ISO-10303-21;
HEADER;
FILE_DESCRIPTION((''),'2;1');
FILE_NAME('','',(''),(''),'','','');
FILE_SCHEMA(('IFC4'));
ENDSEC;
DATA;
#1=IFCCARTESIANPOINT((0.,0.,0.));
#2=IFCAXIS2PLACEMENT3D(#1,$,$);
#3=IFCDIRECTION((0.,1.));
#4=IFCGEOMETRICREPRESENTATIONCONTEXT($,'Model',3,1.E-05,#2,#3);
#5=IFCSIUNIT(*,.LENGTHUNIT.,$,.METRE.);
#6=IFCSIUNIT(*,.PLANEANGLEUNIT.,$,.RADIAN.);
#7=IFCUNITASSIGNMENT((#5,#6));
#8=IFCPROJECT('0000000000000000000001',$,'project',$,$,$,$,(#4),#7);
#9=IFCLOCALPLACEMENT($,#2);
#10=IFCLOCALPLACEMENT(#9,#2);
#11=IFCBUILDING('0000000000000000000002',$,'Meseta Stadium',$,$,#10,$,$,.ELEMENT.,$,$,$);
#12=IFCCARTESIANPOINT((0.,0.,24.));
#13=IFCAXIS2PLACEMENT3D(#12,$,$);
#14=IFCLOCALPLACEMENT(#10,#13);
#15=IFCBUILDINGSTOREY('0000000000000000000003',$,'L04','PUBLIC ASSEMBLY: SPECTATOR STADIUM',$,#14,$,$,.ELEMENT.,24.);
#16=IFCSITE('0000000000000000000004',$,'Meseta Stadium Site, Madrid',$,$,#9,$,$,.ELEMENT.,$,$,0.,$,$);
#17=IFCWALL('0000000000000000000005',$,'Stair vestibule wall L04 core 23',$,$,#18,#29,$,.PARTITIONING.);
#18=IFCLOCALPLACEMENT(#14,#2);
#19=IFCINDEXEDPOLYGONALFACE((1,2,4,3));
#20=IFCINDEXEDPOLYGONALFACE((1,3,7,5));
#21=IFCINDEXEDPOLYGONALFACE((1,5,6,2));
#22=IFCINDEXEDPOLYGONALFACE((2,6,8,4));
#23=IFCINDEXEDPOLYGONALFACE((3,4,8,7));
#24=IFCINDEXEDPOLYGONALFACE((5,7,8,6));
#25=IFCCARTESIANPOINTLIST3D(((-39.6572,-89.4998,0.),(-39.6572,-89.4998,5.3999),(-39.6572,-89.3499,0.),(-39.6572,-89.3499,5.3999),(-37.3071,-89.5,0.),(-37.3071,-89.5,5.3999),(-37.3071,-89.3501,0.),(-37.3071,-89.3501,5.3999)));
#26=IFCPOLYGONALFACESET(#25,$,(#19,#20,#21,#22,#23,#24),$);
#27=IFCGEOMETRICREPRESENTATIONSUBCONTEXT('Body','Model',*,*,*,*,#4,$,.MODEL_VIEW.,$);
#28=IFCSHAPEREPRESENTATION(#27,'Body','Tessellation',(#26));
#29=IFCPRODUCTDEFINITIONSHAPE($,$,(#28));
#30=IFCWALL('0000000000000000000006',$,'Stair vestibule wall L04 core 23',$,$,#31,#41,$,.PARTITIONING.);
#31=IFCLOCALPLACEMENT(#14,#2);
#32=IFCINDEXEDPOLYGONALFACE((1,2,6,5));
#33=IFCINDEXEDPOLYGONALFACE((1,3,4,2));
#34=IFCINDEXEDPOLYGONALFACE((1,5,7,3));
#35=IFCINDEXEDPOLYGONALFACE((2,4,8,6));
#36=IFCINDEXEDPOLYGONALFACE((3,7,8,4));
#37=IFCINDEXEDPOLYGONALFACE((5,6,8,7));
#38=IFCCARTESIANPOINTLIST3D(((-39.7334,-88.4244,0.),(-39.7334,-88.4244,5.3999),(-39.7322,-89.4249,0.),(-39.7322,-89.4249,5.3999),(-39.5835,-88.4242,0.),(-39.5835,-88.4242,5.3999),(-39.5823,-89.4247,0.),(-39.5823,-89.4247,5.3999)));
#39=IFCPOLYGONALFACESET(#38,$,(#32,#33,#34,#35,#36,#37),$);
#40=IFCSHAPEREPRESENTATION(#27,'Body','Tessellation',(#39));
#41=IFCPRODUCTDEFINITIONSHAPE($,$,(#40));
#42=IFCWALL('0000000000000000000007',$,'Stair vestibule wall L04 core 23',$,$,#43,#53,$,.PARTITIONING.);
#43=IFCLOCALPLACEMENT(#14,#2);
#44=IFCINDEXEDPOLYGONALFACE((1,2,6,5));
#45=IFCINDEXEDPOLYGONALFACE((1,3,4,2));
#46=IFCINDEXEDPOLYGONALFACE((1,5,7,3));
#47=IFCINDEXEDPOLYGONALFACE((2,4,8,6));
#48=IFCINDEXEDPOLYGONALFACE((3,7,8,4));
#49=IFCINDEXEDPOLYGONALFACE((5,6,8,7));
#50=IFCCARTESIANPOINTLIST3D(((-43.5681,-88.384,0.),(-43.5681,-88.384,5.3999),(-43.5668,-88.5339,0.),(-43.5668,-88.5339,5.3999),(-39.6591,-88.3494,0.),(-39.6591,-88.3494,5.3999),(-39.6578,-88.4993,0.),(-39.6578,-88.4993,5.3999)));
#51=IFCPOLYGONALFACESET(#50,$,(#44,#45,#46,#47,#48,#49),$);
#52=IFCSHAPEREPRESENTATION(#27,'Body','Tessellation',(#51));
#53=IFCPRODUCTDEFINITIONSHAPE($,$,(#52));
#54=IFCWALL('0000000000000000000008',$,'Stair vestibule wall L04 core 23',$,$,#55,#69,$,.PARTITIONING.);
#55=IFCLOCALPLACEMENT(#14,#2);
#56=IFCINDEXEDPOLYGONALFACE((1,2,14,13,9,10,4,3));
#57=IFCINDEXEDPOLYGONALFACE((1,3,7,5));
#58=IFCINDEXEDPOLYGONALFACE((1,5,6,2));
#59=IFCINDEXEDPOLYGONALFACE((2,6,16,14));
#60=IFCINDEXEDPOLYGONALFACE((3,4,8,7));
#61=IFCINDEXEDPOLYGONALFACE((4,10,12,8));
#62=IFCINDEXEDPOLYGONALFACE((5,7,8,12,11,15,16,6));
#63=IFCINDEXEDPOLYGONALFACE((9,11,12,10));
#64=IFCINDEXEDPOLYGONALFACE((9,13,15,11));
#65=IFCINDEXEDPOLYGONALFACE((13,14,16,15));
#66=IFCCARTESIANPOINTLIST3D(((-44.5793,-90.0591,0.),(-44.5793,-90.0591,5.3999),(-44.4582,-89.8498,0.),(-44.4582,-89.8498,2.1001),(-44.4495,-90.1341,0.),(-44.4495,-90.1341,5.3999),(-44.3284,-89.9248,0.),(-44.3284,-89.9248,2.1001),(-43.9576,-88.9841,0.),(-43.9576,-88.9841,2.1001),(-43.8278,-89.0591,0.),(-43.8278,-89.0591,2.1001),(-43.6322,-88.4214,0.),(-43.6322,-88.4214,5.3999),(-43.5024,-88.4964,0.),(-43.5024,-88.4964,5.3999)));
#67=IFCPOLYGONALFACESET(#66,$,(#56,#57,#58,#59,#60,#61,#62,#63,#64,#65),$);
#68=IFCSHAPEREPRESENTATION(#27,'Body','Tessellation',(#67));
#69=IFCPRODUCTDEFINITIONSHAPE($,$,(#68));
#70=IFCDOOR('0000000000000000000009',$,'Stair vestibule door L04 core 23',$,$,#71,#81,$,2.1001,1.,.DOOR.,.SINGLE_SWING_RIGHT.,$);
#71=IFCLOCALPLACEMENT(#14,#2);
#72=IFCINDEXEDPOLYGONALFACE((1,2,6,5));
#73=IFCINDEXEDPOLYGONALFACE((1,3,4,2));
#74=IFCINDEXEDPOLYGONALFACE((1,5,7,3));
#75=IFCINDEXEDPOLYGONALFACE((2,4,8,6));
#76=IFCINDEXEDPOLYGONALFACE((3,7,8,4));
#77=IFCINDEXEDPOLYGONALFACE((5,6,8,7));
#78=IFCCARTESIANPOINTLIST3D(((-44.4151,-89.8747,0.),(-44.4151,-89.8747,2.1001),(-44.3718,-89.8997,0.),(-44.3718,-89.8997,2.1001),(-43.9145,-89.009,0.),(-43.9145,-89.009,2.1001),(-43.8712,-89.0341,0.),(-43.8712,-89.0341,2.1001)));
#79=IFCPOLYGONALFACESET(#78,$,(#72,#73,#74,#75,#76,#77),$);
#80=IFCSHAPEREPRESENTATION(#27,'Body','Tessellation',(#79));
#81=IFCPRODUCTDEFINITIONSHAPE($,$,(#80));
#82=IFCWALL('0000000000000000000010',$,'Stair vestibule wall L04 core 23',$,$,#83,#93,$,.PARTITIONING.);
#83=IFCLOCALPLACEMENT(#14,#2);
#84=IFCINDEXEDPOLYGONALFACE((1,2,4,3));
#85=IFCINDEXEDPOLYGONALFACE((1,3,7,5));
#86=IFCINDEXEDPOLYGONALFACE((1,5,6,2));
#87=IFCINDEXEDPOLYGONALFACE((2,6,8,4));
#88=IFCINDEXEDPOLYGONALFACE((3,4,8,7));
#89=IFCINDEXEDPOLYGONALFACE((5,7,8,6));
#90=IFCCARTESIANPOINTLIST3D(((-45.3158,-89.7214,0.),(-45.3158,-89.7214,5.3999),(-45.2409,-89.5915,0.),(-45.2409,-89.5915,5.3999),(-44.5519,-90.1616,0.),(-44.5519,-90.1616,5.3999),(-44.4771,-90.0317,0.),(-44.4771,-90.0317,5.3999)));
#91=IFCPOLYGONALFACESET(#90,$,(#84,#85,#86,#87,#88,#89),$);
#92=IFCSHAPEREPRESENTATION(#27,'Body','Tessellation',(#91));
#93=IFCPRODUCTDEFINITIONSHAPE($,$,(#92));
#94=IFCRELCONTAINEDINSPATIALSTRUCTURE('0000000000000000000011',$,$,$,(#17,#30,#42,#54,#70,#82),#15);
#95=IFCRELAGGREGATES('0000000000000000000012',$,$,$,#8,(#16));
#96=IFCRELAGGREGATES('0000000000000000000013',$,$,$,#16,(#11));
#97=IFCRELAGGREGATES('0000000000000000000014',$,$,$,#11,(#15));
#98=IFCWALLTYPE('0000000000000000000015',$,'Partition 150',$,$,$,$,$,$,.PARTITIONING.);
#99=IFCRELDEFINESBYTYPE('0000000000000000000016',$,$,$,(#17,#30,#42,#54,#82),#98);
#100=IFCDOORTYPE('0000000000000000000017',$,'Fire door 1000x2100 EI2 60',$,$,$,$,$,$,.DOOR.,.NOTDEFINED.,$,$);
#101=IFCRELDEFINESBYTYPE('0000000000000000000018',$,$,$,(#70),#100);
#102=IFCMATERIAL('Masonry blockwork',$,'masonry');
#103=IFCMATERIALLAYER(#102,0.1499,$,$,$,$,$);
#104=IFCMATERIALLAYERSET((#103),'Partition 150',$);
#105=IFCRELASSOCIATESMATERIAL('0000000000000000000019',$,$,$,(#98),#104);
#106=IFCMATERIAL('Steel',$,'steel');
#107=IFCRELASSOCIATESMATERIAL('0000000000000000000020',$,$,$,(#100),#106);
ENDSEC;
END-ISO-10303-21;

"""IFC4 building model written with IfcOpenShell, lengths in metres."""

from ifc_helpers import new_model, si_unit, direction, frame, frame_2d, origin, place, context, subcontext, project, spatial, rectangle, extrude, material, layer, layer_set, type_object, element, fill, save


model = new_model("IFC4")

# Units and contexts
model_context = context("Model", 3, precision=1e-05, world=origin(), true_north=direction((0.0, 1.0)))
body_context = subcontext(model_context, "Body", "Model", "MODEL_VIEW")
ifc_project = project(units=[si_unit("LENGTHUNIT", "METRE"), si_unit("PLANEANGLEUNIT", "RADIAN")], contexts=[model_context])

# Site, building, storey
site_placement = place(None, origin())
site = spatial("IfcSite", under=ifc_project, at=site_placement, Name="Meseta Stadium Site, Madrid", CompositionType="ELEMENT", RefElevation=0.0)
building_placement = place(site_placement, origin())
building = spatial("IfcBuilding", under=site, at=building_placement, Name="Meseta Stadium", CompositionType="ELEMENT")
storey_placement = place(building_placement, frame((0.0, 0.0, 24.0)))
storey = spatial("IfcBuildingStorey", under=building, at=storey_placement, Name="L04", Description="PUBLIC ASSEMBLY: SPECTATOR STADIUM", CompositionType="ELEMENT", Elevation=24.0)

# Walls
ifc_material_1 = material(Name="Masonry blockwork", Category="masonry")
ifc_layer_1 = layer(ifc_material_1, 0.1499)
ifc_layer_set_1 = layer_set([ifc_layer_1], Name="Partition 150")
wall_type_1 = type_object("IfcWallType", Name="Partition 150", PredefinedType="PARTITIONING", material=ifc_layer_set_1)
wall_1_placement = place(storey_placement, frame((-37.3071, -89.425, 0.0), z_axis=(0.0, 0.0, 1.0), x_axis=(-1.0, 0.000104, 0.0)))
element("IfcWall", 1, at=wall_1_placement, inside=storey, type_object=wall_type_1, Name="Stair vestibule wall L04 core 23", PredefinedType="PARTITIONING", context=body_context, shape_type="SweptSolid", body=[
    extrude(rectangle(XDim=2.3501, YDim=0.1499, at=frame_2d((1.175, 0.0))), origin(), (0.0, 0.0, 1.0), 5.3999),
])
wall_2_placement = place(storey_placement, frame((-39.6572, -89.4248, 0.0), z_axis=(0.0, 0.0, 1.0), x_axis=(-0.00122, 0.999999, 0.0)))
element("IfcWall", 2, at=wall_2_placement, inside=storey, type_object=wall_type_1, Name="Stair vestibule wall L04 core 23", PredefinedType="PARTITIONING", context=body_context, shape_type="SweptSolid", body=[
    extrude(rectangle(XDim=1.0005, YDim=0.1499, at=frame_2d((0.5002, 0.0))), origin(), (0.0, 0.0, 1.0), 5.3999),
])
wall_3_placement = place(storey_placement, frame((-39.6584, -88.4243, 0.0), z_axis=(0.0, 0.0, 1.0), x_axis=(-0.999961, -0.008869, 0.0)))
element("IfcWall", 3, at=wall_3_placement, inside=storey, type_object=wall_type_1, Name="Stair vestibule wall L04 core 23", PredefinedType="PARTITIONING", context=body_context, shape_type="SweptSolid", body=[
    extrude(rectangle(XDim=3.9092, YDim=0.1499, at=frame_2d((1.9546, 0.0))), origin(), (0.0, 0.0, 1.0), 5.3999),
])

# Wall, opening, door
wall_4_placement = place(storey_placement, frame((-43.5674, -88.459, 0.0), z_axis=(0.0, 0.0, 1.0), x_axis=(-0.500594, -0.865682, 0.0)))
wall_4 = element("IfcWall", 4, at=wall_4_placement, inside=storey, type_object=wall_type_1, Name="Stair vestibule wall L04 core 23", PredefinedType="PARTITIONING", context=body_context, shape_type="SweptSolid", body=[
    extrude(rectangle(XDim=1.8918, YDim=0.1499, at=frame_2d((0.9458, 0.0))), origin(), (0.0, 0.0, 1.0), 5.3999),
])
opening_1_placement = place(wall_4_placement, frame((0.6499, 0.0, 0.0)))
opening_1 = element("IfcOpeningElement", 5, at=opening_1_placement, cuts=wall_4, PredefinedType="OPENING", context=body_context, shape_type="SweptSolid", body=[
    extrude(rectangle(XDim=1.0, YDim=2.1001, at=frame_2d((0.5, 1.05))), frame((0.0, 0.085, 0.0), z_axis=(0.0, -1.0, 0.0), x_axis=(1.0, 0.0, 0.0)), (0.0, 0.0, 1.0), 0.1699),
])
ifc_material_2 = material(Name="Steel", Category="steel")
door_type_1 = type_object("IfcDoorType", Name="Fire door 1000x2100 EI2 60", OperationType="NOTDEFINED", PredefinedType="DOOR", material=ifc_material_2)
door_1_placement = place(opening_1_placement, origin())
door_1 = element("IfcDoor", 6, at=door_1_placement, inside=storey, type_object=door_type_1, Name="Stair vestibule door L04 core 23", OperationType="SINGLE_SWING_RIGHT", OverallHeight=2.1001, OverallWidth=1.0, PredefinedType="DOOR", context=body_context, shape_type="SweptSolid", body=[
    extrude(rectangle(XDim=1.0, YDim=2.1001, at=frame_2d((0.5, 1.05))), frame((0.0, 0.0249, 0.0), z_axis=(0.0, -1.0, 0.0), x_axis=(1.0, 0.0, 0.0)), (0.0, 0.0, 1.0), 0.05),
])
fill(opening_1, door_1)

# Wall
wall_5_placement = place(storey_placement, frame((-44.5144, -90.0967, 0.0), z_axis=(0.0, 0.0, 1.0), x_axis=(-0.866448, 0.499267, 0.0)))
element("IfcWall", 7, at=wall_5_placement, inside=storey, type_object=wall_type_1, Name="Stair vestibule wall L04 core 23", PredefinedType="PARTITIONING", context=body_context, shape_type="SweptSolid", body=[
    extrude(rectangle(XDim=0.8816, YDim=0.1499, at=frame_2d((0.4409, 0.0))), origin(), (0.0, 0.0, 1.0), 5.3999),
])

save(model, "model.ifc")
